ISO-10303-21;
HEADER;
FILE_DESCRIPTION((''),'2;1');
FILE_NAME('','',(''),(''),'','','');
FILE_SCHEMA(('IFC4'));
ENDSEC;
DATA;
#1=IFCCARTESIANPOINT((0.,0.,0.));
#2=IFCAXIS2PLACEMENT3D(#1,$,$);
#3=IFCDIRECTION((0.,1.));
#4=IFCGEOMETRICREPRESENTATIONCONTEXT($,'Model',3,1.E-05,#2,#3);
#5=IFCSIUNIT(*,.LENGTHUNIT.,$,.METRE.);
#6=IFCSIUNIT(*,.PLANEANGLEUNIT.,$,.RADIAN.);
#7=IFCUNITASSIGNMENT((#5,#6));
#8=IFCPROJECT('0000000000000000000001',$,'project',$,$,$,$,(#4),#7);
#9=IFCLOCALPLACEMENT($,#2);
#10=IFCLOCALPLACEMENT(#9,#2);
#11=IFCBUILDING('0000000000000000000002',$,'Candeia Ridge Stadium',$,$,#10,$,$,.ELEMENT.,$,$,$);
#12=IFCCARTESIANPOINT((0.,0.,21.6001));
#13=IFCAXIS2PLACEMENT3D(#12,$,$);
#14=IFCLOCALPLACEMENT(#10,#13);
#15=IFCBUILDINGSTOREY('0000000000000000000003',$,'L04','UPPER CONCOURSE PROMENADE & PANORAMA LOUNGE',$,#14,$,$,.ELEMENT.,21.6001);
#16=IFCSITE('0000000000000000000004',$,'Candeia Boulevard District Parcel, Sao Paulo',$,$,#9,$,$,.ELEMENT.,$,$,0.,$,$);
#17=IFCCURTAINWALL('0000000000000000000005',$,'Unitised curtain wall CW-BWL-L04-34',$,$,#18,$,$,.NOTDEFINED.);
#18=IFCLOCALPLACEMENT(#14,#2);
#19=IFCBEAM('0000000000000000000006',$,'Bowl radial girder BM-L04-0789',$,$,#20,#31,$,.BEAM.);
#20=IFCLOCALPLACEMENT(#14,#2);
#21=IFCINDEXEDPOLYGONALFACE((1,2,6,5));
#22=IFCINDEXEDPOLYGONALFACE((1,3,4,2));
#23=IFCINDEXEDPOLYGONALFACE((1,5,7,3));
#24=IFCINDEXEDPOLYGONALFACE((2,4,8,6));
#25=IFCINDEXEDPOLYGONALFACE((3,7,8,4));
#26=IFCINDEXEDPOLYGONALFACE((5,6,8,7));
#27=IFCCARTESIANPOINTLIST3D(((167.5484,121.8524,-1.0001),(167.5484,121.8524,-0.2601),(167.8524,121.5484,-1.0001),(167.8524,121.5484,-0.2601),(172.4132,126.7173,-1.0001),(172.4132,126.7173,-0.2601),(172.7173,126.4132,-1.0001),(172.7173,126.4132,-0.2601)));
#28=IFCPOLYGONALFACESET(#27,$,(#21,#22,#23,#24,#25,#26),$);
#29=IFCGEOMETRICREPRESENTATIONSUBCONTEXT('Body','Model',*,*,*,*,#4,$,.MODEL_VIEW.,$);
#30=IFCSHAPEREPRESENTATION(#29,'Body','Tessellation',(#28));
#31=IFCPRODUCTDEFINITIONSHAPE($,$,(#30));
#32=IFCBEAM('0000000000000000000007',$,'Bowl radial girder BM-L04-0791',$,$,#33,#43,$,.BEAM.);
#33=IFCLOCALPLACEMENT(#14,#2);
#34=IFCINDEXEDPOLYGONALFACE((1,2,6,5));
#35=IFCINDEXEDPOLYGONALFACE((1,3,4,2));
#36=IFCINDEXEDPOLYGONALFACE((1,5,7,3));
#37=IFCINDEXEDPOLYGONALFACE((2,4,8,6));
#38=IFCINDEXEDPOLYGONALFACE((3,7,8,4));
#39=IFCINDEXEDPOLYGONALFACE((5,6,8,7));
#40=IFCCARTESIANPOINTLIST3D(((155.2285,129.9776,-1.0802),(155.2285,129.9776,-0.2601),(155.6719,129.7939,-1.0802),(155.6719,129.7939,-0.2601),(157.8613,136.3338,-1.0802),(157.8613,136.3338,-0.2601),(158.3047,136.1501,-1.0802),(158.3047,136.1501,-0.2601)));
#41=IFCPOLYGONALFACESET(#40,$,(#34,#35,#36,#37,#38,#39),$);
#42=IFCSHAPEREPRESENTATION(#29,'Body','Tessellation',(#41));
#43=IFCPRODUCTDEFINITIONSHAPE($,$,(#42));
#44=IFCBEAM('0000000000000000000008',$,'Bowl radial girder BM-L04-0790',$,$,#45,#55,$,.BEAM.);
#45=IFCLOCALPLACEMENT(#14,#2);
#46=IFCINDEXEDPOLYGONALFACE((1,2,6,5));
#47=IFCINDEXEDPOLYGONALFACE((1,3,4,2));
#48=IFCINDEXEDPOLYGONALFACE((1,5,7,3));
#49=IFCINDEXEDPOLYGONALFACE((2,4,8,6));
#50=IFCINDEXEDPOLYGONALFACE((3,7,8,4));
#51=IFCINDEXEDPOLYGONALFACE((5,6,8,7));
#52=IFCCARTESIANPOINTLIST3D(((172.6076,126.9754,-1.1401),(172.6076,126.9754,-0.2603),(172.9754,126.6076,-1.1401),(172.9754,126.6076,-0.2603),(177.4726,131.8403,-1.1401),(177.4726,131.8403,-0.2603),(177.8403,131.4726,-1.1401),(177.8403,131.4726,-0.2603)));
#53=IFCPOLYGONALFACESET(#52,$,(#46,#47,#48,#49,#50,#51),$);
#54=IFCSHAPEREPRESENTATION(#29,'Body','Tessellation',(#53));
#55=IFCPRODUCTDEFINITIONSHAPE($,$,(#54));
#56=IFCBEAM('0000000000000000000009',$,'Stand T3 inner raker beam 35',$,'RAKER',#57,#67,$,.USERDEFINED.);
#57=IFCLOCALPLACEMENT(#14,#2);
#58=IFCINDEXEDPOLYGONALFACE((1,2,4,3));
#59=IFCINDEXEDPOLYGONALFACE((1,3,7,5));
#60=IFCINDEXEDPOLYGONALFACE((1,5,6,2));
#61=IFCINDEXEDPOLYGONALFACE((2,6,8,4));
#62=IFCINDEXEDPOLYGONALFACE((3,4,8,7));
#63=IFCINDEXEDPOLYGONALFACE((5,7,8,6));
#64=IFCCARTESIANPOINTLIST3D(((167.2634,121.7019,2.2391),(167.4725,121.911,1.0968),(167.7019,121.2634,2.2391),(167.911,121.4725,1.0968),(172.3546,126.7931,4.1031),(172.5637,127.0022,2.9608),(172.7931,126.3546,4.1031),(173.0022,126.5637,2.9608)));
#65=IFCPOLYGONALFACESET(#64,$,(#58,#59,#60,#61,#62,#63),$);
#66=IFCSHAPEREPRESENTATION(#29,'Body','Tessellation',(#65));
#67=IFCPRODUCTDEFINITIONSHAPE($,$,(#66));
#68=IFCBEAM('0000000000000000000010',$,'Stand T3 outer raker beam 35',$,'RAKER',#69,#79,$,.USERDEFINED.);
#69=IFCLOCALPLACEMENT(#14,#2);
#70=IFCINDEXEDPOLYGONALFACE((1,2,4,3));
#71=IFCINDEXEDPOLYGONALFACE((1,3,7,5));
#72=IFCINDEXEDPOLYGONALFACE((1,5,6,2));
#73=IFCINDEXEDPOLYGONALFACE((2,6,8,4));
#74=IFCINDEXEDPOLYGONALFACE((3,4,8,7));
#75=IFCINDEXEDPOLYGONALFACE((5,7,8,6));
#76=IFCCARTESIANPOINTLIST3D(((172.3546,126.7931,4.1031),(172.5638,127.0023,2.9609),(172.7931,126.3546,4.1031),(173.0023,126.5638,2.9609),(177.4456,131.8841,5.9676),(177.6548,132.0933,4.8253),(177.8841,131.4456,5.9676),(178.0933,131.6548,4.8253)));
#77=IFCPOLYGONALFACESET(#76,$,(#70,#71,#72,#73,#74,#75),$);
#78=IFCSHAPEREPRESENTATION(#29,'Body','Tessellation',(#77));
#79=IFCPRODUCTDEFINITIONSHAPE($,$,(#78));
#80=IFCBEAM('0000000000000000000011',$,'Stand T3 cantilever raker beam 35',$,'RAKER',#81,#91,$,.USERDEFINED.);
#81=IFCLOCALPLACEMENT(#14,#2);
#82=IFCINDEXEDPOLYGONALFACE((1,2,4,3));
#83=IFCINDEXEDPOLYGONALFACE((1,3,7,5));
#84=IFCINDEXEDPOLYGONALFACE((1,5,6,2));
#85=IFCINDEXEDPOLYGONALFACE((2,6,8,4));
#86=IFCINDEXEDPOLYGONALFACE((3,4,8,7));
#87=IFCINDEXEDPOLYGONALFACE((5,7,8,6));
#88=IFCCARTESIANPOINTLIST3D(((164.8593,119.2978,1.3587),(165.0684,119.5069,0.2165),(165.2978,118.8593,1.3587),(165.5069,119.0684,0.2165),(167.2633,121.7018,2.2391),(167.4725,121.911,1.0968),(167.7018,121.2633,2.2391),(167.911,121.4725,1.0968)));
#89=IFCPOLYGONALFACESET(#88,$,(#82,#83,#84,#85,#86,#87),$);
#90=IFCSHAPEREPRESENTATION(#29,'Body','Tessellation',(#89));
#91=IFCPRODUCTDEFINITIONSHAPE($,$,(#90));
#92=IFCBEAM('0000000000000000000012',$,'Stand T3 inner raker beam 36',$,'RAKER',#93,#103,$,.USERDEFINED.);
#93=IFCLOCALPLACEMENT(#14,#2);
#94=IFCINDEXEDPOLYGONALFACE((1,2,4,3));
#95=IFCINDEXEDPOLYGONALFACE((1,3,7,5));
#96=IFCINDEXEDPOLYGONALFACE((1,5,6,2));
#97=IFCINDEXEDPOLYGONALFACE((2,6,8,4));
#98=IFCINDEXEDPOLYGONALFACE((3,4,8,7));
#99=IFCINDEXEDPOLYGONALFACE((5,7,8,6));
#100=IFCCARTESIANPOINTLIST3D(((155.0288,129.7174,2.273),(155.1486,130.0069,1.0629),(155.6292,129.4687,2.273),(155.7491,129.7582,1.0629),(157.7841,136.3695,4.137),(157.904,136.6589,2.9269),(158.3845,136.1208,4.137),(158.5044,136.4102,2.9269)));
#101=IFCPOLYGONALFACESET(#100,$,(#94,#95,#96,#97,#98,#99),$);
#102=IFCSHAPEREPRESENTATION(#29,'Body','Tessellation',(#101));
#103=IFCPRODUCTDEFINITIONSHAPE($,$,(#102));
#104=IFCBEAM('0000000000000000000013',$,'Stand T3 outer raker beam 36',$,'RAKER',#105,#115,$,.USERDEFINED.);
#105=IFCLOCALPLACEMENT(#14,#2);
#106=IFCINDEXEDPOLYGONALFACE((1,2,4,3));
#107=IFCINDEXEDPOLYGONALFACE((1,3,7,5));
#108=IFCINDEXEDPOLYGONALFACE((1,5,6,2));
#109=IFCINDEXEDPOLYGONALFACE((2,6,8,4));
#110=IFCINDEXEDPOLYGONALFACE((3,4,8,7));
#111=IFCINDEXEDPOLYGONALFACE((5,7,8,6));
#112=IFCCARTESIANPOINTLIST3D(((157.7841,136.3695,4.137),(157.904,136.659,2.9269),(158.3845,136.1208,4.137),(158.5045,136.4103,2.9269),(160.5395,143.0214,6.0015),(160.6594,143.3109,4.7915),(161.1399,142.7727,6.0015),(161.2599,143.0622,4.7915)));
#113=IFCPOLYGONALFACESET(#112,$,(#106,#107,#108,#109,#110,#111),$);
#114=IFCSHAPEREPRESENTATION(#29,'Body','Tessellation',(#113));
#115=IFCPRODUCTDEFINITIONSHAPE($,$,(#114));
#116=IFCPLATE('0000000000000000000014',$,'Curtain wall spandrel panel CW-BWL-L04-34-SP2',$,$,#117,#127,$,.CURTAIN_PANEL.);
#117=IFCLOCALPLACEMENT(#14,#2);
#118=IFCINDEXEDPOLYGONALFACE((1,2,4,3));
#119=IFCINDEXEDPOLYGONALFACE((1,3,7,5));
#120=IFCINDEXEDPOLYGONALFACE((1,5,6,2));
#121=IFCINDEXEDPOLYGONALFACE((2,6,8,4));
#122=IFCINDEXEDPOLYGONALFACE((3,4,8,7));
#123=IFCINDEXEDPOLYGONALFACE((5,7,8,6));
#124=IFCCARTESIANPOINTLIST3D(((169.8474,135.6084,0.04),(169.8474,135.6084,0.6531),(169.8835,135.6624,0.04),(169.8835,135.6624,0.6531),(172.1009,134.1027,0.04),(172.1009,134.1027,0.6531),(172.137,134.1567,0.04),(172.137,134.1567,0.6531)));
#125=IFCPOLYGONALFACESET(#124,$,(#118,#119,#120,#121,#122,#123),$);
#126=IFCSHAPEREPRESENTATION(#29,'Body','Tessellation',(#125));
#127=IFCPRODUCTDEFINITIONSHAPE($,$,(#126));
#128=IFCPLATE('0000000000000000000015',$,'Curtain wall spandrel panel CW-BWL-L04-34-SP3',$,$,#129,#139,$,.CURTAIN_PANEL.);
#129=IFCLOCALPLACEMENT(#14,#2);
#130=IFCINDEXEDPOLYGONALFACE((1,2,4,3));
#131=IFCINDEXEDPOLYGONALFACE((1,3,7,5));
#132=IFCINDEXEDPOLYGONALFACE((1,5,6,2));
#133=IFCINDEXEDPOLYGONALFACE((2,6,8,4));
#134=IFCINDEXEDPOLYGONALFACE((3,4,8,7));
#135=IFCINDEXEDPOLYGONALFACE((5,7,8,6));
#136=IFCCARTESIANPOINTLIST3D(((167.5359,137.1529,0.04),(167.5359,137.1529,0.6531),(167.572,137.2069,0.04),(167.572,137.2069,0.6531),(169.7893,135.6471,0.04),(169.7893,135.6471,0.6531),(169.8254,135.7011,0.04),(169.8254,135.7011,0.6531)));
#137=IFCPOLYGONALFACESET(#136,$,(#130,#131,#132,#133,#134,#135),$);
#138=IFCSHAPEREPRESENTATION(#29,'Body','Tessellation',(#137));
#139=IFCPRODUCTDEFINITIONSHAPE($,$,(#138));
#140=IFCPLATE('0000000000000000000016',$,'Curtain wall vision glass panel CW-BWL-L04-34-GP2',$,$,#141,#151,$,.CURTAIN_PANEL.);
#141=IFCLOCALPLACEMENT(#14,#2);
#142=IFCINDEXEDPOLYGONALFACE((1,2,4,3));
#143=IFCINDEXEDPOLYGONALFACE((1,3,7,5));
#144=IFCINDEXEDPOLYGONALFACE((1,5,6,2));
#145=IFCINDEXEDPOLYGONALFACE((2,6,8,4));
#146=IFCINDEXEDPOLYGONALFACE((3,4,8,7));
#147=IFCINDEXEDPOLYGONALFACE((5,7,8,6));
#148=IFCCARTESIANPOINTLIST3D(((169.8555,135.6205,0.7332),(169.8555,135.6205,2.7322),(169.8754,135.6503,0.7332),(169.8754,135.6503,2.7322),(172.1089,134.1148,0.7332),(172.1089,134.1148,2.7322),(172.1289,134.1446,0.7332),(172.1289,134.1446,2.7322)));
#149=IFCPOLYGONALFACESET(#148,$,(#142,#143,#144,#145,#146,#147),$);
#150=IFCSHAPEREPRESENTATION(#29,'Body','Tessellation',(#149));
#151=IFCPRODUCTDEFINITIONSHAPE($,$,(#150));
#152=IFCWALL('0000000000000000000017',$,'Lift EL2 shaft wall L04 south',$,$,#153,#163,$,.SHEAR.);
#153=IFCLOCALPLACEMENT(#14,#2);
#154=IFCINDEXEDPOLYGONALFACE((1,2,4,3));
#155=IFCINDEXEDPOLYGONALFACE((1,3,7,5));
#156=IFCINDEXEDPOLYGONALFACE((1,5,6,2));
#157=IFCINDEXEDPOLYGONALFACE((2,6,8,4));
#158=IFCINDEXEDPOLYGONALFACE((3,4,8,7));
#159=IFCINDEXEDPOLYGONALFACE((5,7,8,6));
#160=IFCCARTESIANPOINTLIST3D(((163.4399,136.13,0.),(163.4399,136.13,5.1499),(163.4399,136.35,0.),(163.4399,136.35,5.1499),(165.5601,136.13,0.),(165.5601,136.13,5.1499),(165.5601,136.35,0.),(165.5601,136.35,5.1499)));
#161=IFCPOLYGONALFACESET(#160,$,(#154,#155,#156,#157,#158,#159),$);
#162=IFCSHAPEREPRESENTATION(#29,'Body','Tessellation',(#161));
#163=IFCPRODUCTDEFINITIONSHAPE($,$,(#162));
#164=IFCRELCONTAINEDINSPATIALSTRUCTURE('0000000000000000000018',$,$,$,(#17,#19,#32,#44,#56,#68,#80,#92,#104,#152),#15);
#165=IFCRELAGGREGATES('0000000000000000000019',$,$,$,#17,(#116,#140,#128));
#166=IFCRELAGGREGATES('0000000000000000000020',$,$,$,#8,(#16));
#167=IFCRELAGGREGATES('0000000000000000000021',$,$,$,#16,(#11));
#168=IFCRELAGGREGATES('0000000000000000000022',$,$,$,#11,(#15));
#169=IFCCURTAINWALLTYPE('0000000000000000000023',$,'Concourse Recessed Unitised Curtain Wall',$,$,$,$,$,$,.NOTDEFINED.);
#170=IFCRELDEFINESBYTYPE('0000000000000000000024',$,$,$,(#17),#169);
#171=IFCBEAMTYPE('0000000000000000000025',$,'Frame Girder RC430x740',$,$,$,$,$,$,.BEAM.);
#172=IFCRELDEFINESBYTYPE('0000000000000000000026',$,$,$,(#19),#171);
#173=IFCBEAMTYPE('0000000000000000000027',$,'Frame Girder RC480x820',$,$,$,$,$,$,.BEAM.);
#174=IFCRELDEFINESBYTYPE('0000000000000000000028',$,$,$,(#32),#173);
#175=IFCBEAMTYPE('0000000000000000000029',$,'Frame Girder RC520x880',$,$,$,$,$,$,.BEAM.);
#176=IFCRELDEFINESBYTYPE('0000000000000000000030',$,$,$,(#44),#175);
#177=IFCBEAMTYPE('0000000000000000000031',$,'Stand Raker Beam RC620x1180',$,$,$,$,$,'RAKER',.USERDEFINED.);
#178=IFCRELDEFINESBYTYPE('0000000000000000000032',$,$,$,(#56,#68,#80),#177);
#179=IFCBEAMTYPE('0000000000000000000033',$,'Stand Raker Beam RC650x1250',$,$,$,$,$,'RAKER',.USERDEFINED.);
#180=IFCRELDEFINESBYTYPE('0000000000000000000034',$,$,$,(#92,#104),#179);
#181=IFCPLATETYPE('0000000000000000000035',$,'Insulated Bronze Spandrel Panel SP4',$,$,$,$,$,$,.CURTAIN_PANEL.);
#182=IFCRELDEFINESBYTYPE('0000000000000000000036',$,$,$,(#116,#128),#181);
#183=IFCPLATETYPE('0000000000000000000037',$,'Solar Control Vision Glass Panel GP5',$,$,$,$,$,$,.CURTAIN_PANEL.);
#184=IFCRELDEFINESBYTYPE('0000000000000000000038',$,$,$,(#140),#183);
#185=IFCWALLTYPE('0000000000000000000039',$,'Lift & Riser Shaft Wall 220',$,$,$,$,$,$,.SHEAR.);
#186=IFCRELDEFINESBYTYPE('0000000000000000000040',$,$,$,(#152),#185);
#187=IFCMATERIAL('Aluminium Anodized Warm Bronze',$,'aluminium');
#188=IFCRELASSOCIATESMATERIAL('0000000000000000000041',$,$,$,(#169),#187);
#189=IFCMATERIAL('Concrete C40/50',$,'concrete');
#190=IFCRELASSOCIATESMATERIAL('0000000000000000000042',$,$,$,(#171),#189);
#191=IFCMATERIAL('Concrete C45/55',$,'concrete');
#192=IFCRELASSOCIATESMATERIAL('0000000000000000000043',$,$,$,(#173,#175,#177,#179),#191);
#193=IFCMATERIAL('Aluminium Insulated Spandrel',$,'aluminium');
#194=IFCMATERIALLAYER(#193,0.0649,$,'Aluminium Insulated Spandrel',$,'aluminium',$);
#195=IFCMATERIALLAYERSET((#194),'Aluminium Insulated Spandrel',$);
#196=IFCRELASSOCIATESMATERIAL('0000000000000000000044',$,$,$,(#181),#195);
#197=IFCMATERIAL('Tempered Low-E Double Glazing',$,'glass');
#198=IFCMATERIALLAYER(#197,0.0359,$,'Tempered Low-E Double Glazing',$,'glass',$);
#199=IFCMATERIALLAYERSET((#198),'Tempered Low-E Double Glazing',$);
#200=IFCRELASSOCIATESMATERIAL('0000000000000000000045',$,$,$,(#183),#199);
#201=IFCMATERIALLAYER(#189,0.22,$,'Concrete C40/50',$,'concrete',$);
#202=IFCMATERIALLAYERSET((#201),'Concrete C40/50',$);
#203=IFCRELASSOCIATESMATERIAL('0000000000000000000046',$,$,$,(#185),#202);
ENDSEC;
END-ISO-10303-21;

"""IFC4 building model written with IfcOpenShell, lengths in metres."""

from ifc_helpers import new_model, si_unit, direction, frame, frame_2d, origin, origin_2d, place, context, subcontext, project, spatial, rectangle, extrude, material, layer, layer_set, material_profile, profile_set, type_object, element, aggregate, save


model = new_model("IFC4")

# Units and contexts
model_context = context("Model", 3, precision=1e-05, world=origin(), true_north=direction((0.0, 1.0)))
body_context = subcontext(model_context, "Body", "Model", "MODEL_VIEW")
ifc_project = project(units=[si_unit("LENGTHUNIT", "METRE"), si_unit("PLANEANGLEUNIT", "RADIAN")], contexts=[model_context])

# Site, building, storey
site_placement = place(None, origin())
site = spatial("IfcSite", under=ifc_project, at=site_placement, Name="Candeia Boulevard District Parcel, Sao Paulo", CompositionType="ELEMENT", RefElevation=0.0)
building_placement = place(site_placement, origin())
building = spatial("IfcBuilding", under=site, at=building_placement, Name="Candeia Ridge Stadium", CompositionType="ELEMENT")
storey_placement = place(building_placement, frame((0.0, 0.0, 21.6001)))
storey = spatial("IfcBuildingStorey", under=building, at=storey_placement, Name="L04", Description="UPPER CONCOURSE PROMENADE & PANORAMA LOUNGE", CompositionType="ELEMENT", Elevation=21.6001)

# Shared definitions
ifc_material_1 = material(Name="Concrete C45/55", Category="concrete")
ifc_material_2 = material(Name="Concrete C40/50", Category="concrete")

# Curtain wall
ifc_material_3 = material(Name="Aluminium Anodized Warm Bronze", Category="aluminium")
curtain_wall_type = type_object("IfcCurtainWallType", Name="Concourse Recessed Unitised Curtain Wall", PredefinedType="NOTDEFINED", material=ifc_material_3)
curtain_wall_placement = place(storey_placement, origin())
curtain_wall = element("IfcCurtainWall", 1, at=curtain_wall_placement, inside=storey, type_object=curtain_wall_type, Name="Unitised curtain wall CW-BWL-L04-34", PredefinedType="NOTDEFINED")

# Beams
ifc_material_profile_1 = material_profile(ifc_material_2, rectangle(XDim=0.4299, YDim=0.74, at=origin_2d()), Name="RC430x740", Category="concrete")
ifc_profile_set_1 = profile_set([ifc_material_profile_1], Name="Concrete C40/50")
beam_type_1 = type_object("IfcBeamType", Name="Frame Girder RC430x740", PredefinedType="BEAM", material=ifc_profile_set_1)
beam_1_placement = place(storey_placement, frame((167.7004, 121.7004, -0.6301), z_axis=(0.707107, 0.707107, 0.0), x_axis=(-0.707107, 0.707107, 0.0)))
element("IfcBeam", 2, at=beam_1_placement, inside=storey, type_object=beam_type_1, Name="Bowl radial girder BM-L04-0789", PredefinedType="BEAM", context=body_context, shape_type="SweptSolid", body=[
    extrude(rectangle(XDim=0.4299, YDim=0.74, at=origin_2d()), origin(), (0.0, 0.0, 1.0), 6.8799),
])
ifc_material_profile_2 = material_profile(ifc_material_1, rectangle(XDim=0.48, YDim=0.8201, at=origin_2d()), Name="RC480x820", Category="concrete")
ifc_profile_set_2 = profile_set([ifc_material_profile_2], Name="Concrete C45/55")
beam_type_2 = type_object("IfcBeamType", Name="Frame Girder RC480x820", PredefinedType="BEAM", material=ifc_profile_set_2)
beam_2_placement = place(storey_placement, frame((155.4502, 129.8857, -0.6702), z_axis=(0.382682, 0.92388, 0.0), x_axis=(-0.92388, 0.382682, 0.0)))
element("IfcBeam", 3, at=beam_2_placement, inside=storey, type_object=beam_type_2, Name="Bowl radial girder BM-L04-0791", PredefinedType="BEAM", context=body_context, shape_type="SweptSolid", body=[
    extrude(rectangle(XDim=0.48, YDim=0.8201, at=origin_2d()), origin(), (0.0, 0.0, 1.0), 6.8799),
])
ifc_material_profile_3 = material_profile(ifc_material_1, rectangle(XDim=0.52, YDim=0.8799, at=origin_2d()), Name="RC520x880", Category="concrete")
ifc_profile_set_3 = profile_set([ifc_material_profile_3], Name="Concrete C45/55")
beam_type_3 = type_object("IfcBeamType", Name="Frame Girder RC520x880", PredefinedType="BEAM", material=ifc_profile_set_3)
beam_3_placement = place(storey_placement, frame((172.7915, 126.7915, -0.7002), z_axis=(0.707107, 0.707107, 0.0), x_axis=(-0.707107, 0.707107, 0.0)))
element("IfcBeam", 4, at=beam_3_placement, inside=storey, type_object=beam_type_3, Name="Bowl radial girder BM-L04-0790", PredefinedType="BEAM", context=body_context, shape_type="SweptSolid", body=[
    extrude(rectangle(XDim=0.52, YDim=0.8799, at=origin_2d()), origin(), (0.0, 0.0, 1.0), 6.8801),
])
ifc_material_profile_4 = material_profile(ifc_material_1, rectangle(XDim=0.6201, YDim=1.1799, at=origin_2d()), Name="RC620x1180", Category="concrete")
ifc_profile_set_4 = profile_set([ifc_material_profile_4], Name="Concrete C45/55")
beam_type_4 = type_object("IfcBeamType", Name="Stand Raker Beam RC620x1180", ElementType="RAKER", PredefinedType="USERDEFINED", material=ifc_profile_set_4)
beam_4_placement = place(storey_placement, frame((167.5872, 121.5872, 1.668), z_axis=(0.68454, 0.68454, 0.250621), x_axis=(-0.707107, 0.707107, 0.0)))
element("IfcBeam", 5, at=beam_4_placement, inside=storey, type_object=beam_type_4, Name="Stand T3 inner raker beam 35", ObjectType="RAKER", PredefinedType="USERDEFINED", context=body_context, shape_type="SweptSolid", body=[
    extrude(rectangle(XDim=0.6201, YDim=1.1799, at=origin_2d()), origin(), (0.0, 0.0, 1.0), 7.4375),
])
beam_5_placement = place(storey_placement, frame((172.6785, 126.6785, 3.532), z_axis=(0.684526, 0.684526, 0.250694), x_axis=(-0.707107, 0.707107, 0.0)))
element("IfcBeam", 6, at=beam_5_placement, inside=storey, type_object=beam_type_4, Name="Stand T3 outer raker beam 35", ObjectType="RAKER", PredefinedType="USERDEFINED", context=body_context, shape_type="SweptSolid", body=[
    extrude(rectangle(XDim=0.6201, YDim=1.1799, at=origin_2d()), origin(), (0.0, 0.0, 1.0), 7.4373),
])
beam_6_placement = place(storey_placement, frame((165.1831, 119.1831, 0.7876), z_axis=(0.684529, 0.684529, 0.250677), x_axis=(-0.707107, 0.707107, 0.0)))
element("IfcBeam", 7, at=beam_6_placement, inside=storey, type_object=beam_type_4, Name="Stand T3 cantilever raker beam 35", ObjectType="RAKER", PredefinedType="USERDEFINED", context=body_context, shape_type="SweptSolid", body=[
    extrude(rectangle(XDim=0.6201, YDim=1.1799, at=origin_2d()), origin(), (0.0, 0.0, 1.0), 3.512),
])
ifc_material_profile_5 = material_profile(ifc_material_1, rectangle(XDim=0.6499, YDim=1.25, at=origin_2d()), Name="RC650x1250", Category="concrete")
ifc_profile_set_5 = profile_set([ifc_material_profile_5], Name="Concrete C45/55")
beam_type_5 = type_object("IfcBeamType", Name="Stand Raker Beam RC650x1250", ElementType="RAKER", PredefinedType="USERDEFINED", material=ifc_profile_set_5)
for number, where, z_axis, x_axis, name in (
    (8, (155.3889, 129.7378, 1.668), (0.370468, 0.894395, 0.250622), (-0.92388, 0.382681, 0.0), "Stand T3 inner raker beam 36"),
    (9, (158.1443, 136.3899, 3.532), (0.370473, 0.894373, 0.250691), (-0.923875, 0.382693, 0.0), "Stand T3 outer raker beam 36"),
):
    element("IfcBeam", number, at=place(storey_placement, frame(where, z_axis=z_axis, x_axis=x_axis)), inside=storey, type_object=beam_type_5, Name=name, ObjectType="RAKER", PredefinedType="USERDEFINED", context=body_context, shape_type="SweptSolid", body=[
        extrude(rectangle(XDim=0.6499, YDim=1.25, at=origin_2d()), origin(), (0.0, 0.0, 1.0), 7.4375),
    ])

# Plates
ifc_material_4 = material(Name="Aluminium Insulated Spandrel", Category="aluminium")
ifc_layer_1 = layer(ifc_material_4, 0.0649, Name="Aluminium Insulated Spandrel", Category="aluminium")
ifc_layer_set_1 = layer_set([ifc_layer_1], Name="Aluminium Insulated Spandrel")
plate_type_1 = type_object("IfcPlateType", Name="Insulated Bronze Spandrel Panel SP4", PredefinedType="CURTAIN_PANEL", material=ifc_layer_set_1)
plate_1_placement = place(storey_placement, frame((170.9922, 134.8826, 0.04), z_axis=(0.0, 0.0, 1.0), x_axis=(-0.831469, 0.555571, 0.0)))
plate_1 = element("IfcPlate", 10, at=plate_1_placement, type_object=plate_type_1, Name="Curtain wall spandrel panel CW-BWL-L04-34-SP2", PredefinedType="CURTAIN_PANEL", context=body_context, shape_type="SweptSolid", body=[
    extrude(rectangle(XDim=2.7102, YDim=0.0649, at=origin_2d()), origin(), (0.0, 0.0, 1.0), 0.613),
])
plate_2_placement = place(storey_placement, frame((168.6807, 136.427, 0.04), z_axis=(0.0, 0.0, 1.0), x_axis=(-0.831469, 0.555571, 0.0)))
plate_2 = element("IfcPlate", 11, at=plate_2_placement, type_object=plate_type_1, Name="Curtain wall spandrel panel CW-BWL-L04-34-SP3", PredefinedType="CURTAIN_PANEL", context=body_context, shape_type="SweptSolid", body=[
    extrude(rectangle(XDim=2.7102, YDim=0.0649, at=origin_2d()), origin(), (0.0, 0.0, 1.0), 0.613),
])
ifc_material_5 = material(Name="Tempered Low-E Double Glazing", Category="glass")
ifc_layer_2 = layer(ifc_material_5, 0.0359, Name="Tempered Low-E Double Glazing", Category="glass")
ifc_layer_set_2 = layer_set([ifc_layer_2], Name="Tempered Low-E Double Glazing")
plate_type_2 = type_object("IfcPlateType", Name="Solar Control Vision Glass Panel GP5", PredefinedType="CURTAIN_PANEL", material=ifc_layer_set_2)
plate_3_placement = place(storey_placement, frame((170.9922, 134.8826, 0.7332), z_axis=(0.0, 0.0, 1.0), x_axis=(-0.831469, 0.555571, 0.0)))
plate_3 = element("IfcPlate", 12, at=plate_3_placement, type_object=plate_type_2, Name="Curtain wall vision glass panel CW-BWL-L04-34-GP2", PredefinedType="CURTAIN_PANEL", context=body_context, shape_type="SweptSolid", body=[
    extrude(rectangle(XDim=2.7102, YDim=0.0359, at=origin_2d()), origin(), (0.0, 0.0, 1.0), 1.999),
])
aggregate(curtain_wall, [plate_1, plate_3, plate_2])

# Wall
ifc_layer_3 = layer(ifc_material_2, 0.22, Name="Concrete C40/50", Category="concrete")
ifc_layer_set_3 = layer_set([ifc_layer_3], Name="Concrete C40/50")
wall_type = type_object("IfcWallType", Name="Lift & Riser Shaft Wall 220", PredefinedType="SHEAR", material=ifc_layer_set_3)
wall_1_placement = place(storey_placement, frame((163.4399, 136.24, 0.0), z_axis=(0.0, 0.0, 1.0), x_axis=(1.0, 0.0, 0.0)))
element("IfcWall", 13, at=wall_1_placement, inside=storey, type_object=wall_type, Name="Lift EL2 shaft wall L04 south", PredefinedType="SHEAR", context=body_context, shape_type="SweptSolid", body=[
    extrude(rectangle(XDim=2.1201, YDim=0.22, at=frame_2d((1.0601, 0.0))), origin(), (0.0, 0.0, 1.0), 5.1499),
])

save(model, "model.ifc")
